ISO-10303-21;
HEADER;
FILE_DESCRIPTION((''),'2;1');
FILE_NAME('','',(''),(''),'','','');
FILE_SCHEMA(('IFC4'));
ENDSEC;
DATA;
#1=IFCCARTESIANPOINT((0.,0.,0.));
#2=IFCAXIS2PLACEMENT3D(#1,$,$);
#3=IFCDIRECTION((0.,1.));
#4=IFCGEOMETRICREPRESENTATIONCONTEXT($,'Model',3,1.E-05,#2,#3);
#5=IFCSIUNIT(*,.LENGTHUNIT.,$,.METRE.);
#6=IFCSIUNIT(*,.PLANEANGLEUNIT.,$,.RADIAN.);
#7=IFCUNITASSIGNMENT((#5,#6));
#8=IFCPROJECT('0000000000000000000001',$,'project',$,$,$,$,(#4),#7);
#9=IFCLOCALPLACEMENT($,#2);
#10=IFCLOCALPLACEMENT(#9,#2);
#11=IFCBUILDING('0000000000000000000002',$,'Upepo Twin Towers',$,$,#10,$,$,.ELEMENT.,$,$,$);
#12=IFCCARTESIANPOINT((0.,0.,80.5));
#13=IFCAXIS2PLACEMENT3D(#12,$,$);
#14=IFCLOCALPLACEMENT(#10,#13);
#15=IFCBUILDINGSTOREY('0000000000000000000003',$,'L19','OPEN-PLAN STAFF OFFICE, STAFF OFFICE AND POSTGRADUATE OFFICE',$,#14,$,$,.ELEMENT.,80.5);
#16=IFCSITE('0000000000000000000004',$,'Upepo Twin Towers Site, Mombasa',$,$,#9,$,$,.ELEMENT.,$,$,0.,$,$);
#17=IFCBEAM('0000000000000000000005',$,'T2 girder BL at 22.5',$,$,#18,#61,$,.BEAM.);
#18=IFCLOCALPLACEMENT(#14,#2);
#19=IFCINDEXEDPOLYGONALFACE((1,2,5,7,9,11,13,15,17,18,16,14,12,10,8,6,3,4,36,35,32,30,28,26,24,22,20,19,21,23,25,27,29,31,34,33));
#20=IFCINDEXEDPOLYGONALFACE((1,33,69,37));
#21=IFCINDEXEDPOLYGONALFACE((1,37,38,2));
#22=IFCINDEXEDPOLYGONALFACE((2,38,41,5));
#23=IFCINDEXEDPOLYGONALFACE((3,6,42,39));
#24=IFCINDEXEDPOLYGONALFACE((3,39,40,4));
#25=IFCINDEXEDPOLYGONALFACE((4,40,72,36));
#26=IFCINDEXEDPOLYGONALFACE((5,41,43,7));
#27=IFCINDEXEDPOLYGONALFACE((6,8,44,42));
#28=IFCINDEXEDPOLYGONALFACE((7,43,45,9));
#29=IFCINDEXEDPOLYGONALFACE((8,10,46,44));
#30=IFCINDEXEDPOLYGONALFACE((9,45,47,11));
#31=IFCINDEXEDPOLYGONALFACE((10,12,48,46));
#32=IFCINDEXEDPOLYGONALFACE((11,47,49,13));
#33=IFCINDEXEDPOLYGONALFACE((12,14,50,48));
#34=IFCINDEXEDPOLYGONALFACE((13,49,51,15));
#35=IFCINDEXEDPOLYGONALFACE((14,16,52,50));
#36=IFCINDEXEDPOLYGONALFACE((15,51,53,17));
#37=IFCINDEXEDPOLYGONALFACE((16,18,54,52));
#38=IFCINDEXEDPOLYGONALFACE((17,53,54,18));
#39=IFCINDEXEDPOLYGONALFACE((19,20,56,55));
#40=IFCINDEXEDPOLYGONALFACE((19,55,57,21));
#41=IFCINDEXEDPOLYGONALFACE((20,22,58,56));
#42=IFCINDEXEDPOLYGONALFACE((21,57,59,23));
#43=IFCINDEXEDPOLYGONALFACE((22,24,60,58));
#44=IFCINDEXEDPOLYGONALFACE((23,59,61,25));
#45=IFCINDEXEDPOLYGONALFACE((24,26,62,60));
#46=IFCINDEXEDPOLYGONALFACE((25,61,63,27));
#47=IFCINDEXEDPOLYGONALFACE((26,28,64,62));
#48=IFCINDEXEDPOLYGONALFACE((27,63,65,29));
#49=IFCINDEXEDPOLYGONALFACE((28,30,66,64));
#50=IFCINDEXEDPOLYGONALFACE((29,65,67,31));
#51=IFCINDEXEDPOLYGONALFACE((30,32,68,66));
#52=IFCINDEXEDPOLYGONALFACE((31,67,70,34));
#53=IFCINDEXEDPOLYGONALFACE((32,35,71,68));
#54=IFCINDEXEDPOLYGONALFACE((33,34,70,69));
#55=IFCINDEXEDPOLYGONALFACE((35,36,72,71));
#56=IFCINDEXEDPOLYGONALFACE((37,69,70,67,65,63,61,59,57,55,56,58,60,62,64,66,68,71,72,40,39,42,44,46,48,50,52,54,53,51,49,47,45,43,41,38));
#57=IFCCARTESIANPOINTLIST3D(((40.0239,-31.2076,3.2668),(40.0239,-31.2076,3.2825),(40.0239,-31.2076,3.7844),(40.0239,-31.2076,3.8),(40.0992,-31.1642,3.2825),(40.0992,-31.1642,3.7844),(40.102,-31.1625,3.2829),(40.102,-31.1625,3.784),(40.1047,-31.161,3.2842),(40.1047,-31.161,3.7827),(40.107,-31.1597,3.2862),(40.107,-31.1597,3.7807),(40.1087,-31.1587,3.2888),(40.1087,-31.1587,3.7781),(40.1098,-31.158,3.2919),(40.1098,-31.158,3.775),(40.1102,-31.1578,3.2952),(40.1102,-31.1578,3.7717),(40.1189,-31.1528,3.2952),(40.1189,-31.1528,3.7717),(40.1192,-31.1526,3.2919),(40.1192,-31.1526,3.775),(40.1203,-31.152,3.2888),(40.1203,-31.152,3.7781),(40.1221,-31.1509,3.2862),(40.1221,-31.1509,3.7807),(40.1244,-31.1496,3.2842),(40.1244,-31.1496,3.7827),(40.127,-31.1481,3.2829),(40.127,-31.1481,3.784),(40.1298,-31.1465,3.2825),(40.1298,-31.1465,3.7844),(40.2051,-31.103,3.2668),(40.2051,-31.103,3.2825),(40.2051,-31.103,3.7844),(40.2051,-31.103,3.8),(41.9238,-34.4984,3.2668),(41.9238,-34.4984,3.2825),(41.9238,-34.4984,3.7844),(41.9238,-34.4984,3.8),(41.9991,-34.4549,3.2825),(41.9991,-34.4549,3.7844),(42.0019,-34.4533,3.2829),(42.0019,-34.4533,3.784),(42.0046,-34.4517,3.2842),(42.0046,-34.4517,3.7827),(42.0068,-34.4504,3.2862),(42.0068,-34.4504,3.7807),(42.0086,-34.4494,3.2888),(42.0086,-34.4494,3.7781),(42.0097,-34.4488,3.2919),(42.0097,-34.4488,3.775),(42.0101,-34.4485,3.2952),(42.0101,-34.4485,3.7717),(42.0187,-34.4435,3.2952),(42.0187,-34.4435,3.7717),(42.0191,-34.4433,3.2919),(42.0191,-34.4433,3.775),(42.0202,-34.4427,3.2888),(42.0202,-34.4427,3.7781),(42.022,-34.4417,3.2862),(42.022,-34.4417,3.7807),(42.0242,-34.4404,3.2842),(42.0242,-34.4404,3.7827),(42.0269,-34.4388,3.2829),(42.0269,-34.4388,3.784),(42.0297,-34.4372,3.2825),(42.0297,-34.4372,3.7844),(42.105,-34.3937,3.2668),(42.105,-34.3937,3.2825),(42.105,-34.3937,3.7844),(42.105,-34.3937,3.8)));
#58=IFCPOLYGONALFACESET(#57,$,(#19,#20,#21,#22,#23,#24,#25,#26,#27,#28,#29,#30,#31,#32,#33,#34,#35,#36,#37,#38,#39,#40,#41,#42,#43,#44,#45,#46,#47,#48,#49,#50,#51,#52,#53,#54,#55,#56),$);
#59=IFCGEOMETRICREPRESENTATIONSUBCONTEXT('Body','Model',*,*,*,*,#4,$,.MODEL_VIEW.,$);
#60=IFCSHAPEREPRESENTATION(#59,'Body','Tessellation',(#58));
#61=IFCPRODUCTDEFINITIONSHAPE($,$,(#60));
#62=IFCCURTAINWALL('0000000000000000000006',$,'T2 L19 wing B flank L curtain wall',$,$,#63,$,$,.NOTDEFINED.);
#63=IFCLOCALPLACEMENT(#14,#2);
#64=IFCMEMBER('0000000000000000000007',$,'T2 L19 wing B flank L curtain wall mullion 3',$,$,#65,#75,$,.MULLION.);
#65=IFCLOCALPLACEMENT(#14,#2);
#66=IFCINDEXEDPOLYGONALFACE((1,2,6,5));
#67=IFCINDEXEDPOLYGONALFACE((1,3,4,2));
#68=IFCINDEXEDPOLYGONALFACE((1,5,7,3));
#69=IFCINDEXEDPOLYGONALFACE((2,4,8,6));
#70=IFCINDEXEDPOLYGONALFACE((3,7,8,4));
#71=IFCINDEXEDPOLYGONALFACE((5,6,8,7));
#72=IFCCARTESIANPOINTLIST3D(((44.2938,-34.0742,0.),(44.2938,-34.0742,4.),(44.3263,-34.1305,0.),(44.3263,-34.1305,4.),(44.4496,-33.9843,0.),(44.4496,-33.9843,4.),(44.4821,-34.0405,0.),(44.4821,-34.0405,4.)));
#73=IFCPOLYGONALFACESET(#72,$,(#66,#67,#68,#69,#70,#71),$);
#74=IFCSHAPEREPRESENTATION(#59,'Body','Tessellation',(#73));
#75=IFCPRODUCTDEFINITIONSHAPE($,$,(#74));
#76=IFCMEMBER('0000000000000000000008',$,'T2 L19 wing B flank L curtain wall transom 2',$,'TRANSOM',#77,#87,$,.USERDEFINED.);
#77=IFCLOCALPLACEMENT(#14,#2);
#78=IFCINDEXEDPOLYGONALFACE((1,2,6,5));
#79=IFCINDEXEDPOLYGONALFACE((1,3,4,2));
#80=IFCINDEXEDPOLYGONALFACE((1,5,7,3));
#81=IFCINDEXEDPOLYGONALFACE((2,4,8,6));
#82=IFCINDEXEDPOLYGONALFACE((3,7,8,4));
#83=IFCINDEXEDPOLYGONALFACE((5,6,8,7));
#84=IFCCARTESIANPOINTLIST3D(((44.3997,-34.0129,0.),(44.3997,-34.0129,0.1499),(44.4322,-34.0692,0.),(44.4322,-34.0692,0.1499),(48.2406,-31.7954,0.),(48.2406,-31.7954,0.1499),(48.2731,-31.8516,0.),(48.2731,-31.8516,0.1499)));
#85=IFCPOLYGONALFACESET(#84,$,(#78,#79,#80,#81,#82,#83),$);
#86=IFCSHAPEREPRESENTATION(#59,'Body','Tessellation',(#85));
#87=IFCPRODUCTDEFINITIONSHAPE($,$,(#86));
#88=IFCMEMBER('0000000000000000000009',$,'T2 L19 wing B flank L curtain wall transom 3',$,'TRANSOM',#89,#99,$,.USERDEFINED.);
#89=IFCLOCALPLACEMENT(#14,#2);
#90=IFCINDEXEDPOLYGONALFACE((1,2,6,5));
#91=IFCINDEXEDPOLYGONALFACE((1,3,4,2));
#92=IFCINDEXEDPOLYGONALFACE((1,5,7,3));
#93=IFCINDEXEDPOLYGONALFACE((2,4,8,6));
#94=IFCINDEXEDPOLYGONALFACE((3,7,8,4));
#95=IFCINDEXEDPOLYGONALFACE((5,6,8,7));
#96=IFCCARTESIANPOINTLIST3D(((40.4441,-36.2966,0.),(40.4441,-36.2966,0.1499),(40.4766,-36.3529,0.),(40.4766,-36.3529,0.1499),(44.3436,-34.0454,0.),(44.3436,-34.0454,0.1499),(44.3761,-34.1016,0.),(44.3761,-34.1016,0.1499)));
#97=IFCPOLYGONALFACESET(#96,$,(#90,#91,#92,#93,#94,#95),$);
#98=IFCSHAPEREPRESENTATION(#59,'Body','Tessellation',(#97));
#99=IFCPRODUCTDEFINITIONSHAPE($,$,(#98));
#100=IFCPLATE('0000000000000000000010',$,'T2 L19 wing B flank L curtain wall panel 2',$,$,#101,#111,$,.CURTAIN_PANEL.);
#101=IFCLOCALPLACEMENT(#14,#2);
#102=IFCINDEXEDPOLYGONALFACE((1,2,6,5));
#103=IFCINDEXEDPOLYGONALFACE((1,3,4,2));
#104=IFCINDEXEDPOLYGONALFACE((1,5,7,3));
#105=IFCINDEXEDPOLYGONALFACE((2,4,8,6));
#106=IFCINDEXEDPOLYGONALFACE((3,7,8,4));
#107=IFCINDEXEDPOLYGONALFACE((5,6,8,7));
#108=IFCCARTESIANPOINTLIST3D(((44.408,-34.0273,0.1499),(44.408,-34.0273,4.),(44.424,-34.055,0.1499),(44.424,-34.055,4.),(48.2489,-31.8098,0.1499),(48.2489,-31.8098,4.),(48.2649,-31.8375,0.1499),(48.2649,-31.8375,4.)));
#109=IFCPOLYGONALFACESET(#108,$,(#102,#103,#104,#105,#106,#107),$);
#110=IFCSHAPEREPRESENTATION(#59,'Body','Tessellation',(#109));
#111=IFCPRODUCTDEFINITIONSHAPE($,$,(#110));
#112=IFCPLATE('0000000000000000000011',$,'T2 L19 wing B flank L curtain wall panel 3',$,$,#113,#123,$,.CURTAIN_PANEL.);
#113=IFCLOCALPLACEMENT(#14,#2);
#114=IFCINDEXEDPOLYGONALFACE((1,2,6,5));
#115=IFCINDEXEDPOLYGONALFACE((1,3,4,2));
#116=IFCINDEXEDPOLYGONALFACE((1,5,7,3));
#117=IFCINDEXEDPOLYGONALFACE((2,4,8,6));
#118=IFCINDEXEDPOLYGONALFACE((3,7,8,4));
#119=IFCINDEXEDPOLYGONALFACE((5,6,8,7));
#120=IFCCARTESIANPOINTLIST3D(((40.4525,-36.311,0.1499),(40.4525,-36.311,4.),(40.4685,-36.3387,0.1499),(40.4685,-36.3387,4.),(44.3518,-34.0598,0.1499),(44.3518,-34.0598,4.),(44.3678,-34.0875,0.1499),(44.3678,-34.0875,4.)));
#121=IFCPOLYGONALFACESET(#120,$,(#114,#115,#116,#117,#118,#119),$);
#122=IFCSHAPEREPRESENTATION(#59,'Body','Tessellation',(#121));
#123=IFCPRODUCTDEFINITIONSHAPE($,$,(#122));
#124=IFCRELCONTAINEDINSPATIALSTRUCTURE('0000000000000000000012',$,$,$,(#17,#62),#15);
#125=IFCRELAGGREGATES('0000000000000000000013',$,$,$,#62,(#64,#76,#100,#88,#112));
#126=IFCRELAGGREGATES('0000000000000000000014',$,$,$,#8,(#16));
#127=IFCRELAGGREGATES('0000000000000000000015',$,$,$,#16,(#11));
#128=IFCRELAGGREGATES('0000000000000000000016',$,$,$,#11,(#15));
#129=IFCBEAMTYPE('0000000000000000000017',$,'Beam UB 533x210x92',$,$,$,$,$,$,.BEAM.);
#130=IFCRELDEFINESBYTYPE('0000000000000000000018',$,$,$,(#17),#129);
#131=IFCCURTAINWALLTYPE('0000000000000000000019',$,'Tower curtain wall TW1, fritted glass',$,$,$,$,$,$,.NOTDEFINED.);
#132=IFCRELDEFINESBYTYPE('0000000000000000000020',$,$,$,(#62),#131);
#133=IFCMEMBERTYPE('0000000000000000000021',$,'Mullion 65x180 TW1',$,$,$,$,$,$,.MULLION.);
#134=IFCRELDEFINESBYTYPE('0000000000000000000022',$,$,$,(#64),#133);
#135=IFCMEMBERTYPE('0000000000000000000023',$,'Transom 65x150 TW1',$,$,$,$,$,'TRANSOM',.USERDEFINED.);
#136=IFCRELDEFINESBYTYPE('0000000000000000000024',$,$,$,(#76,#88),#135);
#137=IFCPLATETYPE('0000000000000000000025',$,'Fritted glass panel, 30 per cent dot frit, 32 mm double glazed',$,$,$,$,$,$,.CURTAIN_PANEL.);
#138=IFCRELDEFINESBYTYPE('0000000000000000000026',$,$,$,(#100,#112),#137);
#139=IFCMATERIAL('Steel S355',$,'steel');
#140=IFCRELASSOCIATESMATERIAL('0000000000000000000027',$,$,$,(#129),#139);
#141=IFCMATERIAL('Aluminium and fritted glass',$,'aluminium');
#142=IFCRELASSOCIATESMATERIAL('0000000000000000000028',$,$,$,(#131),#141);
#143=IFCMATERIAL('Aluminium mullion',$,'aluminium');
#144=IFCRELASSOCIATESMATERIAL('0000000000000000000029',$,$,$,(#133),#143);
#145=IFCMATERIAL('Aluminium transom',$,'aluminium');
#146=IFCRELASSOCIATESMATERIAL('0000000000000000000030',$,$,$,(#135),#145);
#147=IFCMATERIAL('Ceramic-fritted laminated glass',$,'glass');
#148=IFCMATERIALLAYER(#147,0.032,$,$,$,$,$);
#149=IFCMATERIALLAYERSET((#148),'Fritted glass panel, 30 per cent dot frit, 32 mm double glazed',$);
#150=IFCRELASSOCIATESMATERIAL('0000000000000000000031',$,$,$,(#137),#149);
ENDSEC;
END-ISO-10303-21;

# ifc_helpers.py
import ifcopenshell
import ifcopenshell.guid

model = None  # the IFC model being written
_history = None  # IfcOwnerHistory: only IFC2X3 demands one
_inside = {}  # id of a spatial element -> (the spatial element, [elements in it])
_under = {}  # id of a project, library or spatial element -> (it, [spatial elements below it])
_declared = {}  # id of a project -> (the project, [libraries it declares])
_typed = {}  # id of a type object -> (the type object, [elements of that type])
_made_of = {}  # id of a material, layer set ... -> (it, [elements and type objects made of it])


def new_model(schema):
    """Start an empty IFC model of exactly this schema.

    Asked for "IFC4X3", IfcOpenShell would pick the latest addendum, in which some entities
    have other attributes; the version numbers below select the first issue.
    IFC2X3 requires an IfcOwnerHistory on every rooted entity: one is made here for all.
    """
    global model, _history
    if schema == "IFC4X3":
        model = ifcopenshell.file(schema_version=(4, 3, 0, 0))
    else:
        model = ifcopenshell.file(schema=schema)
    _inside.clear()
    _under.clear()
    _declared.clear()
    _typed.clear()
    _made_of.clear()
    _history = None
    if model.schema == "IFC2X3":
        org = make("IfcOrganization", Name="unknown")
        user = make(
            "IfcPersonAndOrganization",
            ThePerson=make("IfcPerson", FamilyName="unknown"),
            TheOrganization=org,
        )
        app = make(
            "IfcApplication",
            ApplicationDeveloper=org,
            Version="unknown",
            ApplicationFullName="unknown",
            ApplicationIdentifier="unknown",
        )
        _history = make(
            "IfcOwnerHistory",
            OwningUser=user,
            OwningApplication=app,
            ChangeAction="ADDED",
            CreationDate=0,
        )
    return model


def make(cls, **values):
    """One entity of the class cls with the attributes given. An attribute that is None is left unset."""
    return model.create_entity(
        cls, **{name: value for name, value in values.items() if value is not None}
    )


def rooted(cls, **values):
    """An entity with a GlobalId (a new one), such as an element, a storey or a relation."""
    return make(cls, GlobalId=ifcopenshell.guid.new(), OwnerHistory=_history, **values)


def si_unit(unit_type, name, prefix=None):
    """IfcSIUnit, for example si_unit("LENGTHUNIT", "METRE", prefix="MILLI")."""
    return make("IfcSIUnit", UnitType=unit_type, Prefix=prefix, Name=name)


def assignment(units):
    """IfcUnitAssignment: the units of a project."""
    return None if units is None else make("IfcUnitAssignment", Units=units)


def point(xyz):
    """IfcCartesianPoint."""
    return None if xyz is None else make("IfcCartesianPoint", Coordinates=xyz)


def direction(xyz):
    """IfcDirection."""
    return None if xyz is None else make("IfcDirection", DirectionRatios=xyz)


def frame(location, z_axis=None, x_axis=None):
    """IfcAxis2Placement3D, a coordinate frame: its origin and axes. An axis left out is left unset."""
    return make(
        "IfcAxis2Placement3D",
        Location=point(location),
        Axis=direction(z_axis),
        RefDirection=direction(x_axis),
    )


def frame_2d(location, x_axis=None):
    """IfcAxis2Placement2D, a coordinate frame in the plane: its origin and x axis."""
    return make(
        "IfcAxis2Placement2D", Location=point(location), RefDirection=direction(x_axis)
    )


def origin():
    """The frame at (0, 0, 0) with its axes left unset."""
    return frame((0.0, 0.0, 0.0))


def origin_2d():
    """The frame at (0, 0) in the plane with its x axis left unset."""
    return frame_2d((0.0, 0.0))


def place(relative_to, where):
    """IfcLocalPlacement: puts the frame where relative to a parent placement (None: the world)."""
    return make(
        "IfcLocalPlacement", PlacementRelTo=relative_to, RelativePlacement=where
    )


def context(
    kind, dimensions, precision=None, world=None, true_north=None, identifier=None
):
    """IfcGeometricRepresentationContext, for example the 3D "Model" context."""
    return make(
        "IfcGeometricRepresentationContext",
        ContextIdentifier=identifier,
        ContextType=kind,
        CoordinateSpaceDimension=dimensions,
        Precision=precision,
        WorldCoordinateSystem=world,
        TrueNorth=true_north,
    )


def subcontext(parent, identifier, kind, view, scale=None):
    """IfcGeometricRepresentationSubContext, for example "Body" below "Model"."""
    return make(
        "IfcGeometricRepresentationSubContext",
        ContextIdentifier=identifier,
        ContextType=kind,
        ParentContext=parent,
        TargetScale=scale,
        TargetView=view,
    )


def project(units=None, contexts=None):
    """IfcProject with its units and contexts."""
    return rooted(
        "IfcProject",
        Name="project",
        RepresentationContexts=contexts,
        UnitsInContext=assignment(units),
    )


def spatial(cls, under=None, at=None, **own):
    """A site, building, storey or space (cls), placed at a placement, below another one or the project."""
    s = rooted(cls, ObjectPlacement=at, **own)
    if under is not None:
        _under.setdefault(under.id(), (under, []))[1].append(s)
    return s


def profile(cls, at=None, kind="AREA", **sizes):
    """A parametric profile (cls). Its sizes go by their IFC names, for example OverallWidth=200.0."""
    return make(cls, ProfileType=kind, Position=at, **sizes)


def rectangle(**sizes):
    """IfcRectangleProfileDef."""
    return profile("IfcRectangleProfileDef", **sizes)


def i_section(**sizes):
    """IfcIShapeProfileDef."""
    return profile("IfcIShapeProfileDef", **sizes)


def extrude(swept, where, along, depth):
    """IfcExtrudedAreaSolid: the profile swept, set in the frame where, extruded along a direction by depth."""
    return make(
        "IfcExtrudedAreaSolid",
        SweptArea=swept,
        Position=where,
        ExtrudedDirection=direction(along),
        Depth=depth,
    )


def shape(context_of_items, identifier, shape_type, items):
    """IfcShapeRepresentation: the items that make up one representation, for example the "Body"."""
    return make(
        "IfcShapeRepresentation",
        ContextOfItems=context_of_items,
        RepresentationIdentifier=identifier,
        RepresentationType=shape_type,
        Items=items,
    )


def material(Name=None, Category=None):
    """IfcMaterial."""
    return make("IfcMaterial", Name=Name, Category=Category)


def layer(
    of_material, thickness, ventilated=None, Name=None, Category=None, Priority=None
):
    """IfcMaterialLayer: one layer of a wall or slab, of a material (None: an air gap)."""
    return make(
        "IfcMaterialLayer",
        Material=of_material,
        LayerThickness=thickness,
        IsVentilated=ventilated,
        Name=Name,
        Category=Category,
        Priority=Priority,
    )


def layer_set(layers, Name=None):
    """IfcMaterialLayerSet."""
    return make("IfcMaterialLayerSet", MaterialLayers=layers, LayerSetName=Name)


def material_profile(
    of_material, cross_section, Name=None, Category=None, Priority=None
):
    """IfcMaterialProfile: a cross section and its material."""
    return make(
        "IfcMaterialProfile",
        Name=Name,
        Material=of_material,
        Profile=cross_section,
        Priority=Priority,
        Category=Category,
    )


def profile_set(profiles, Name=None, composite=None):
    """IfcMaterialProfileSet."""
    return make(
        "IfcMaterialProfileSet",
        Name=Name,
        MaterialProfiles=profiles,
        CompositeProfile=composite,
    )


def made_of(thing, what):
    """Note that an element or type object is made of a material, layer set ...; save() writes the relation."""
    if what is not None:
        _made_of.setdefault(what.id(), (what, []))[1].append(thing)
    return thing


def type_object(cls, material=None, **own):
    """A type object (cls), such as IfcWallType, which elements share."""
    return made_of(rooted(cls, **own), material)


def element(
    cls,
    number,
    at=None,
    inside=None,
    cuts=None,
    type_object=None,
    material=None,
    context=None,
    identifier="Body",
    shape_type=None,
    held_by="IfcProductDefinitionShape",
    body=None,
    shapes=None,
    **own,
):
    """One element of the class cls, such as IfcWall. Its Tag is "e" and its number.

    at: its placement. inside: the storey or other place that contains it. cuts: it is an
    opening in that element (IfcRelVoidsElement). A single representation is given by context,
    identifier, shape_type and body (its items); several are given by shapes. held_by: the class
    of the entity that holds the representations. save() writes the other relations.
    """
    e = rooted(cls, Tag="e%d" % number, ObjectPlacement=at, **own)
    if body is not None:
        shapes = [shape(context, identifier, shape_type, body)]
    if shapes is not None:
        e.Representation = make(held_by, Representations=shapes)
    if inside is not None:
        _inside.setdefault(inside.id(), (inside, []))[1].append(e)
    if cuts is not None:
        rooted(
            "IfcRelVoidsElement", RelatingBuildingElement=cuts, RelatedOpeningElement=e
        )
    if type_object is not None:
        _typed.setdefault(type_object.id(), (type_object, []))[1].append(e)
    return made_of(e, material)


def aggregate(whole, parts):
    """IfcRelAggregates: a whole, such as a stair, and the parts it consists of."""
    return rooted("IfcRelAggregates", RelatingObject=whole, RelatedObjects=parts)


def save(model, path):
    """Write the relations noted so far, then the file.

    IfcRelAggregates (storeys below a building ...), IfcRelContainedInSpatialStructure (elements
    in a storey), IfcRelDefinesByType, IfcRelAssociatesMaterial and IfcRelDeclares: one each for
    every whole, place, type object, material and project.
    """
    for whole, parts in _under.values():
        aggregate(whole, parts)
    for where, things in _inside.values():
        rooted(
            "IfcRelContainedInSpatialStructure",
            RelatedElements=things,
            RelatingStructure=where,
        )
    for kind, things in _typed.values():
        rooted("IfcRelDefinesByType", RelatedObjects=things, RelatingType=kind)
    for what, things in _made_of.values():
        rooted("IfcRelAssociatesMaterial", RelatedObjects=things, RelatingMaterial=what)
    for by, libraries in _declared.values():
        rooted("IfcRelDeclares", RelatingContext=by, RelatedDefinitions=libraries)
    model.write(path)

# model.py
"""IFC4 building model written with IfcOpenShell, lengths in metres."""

from ifc_helpers import new_model, si_unit, direction, frame, origin, origin_2d, place, context, subcontext, project, spatial, rectangle, i_section, extrude, material, layer, layer_set, material_profile, profile_set, type_object, element, aggregate, save


model = new_model("IFC4")

# Units and contexts
model_context = context("Model", 3, precision=1e-05, world=origin(), true_north=direction((0.0, 1.0)))
body_context = subcontext(model_context, "Body", "Model", "MODEL_VIEW")
ifc_project = project(units=[si_unit("LENGTHUNIT", "METRE"), si_unit("PLANEANGLEUNIT", "RADIAN")], contexts=[model_context])

# Site, building, storey
site_placement = place(None, origin())
site = spatial("IfcSite", under=ifc_project, at=site_placement, Name="Upepo Twin Towers Site, Mombasa", CompositionType="ELEMENT", RefElevation=0.0)
building_placement = place(site_placement, origin())
building = spatial("IfcBuilding", under=site, at=building_placement, Name="Upepo Twin Towers", CompositionType="ELEMENT")
storey_placement = place(building_placement, frame((0.0, 0.0, 80.5)))
storey = spatial("IfcBuildingStorey", under=building, at=storey_placement, Name="L19", Description="OPEN-PLAN STAFF OFFICE, STAFF OFFICE AND POSTGRADUATE OFFICE", CompositionType="ELEMENT", Elevation=80.5)

# Beam
ifc_material_1 = material(Name="Steel S355", Category="steel")
ifc_material_profile_1 = material_profile(ifc_material_1, i_section(OverallWidth=0.2092, OverallDepth=0.5332, WebThickness=0.01, FlangeThickness=0.0156, FilletRadius=0.0127, at=origin_2d()), Name="UB 533x210x92")
ifc_profile_set_1 = profile_set([ifc_material_profile_1], Name="Steel S355")
beam_type_1 = type_object("IfcBeamType", Name="Beam UB 533x210x92", PredefinedType="BEAM", material=ifc_profile_set_1)
beam_1_placement = place(storey_placement, frame((42.0144, -34.446, 3.5334), z_axis=(-0.499995, 0.866028, 0.0), x_axis=(-0.866028, -0.499995, 0.0)))
element("IfcBeam", 1, at=beam_1_placement, inside=storey, type_object=beam_type_1, Name="T2 girder BL at 22.5", PredefinedType="BEAM", context=body_context, shape_type="SweptSolid", body=[
    extrude(i_section(OverallWidth=0.2092, OverallDepth=0.5332, WebThickness=0.01, FlangeThickness=0.0156, FilletRadius=0.0127, at=origin_2d()), origin(), (0.0, 0.0, 1.0), 3.7998),
])

# Curtain wall, members, plates
ifc_material_2 = material(Name="Aluminium and fritted glass", Category="aluminium")
curtain_wall_type = type_object("IfcCurtainWallType", Name="Tower curtain wall TW1, fritted glass", PredefinedType="NOTDEFINED", material=ifc_material_2)
curtain_wall_placement = place(storey_placement, origin())
curtain_wall = element("IfcCurtainWall", 2, at=curtain_wall_placement, inside=storey, type_object=curtain_wall_type, Name="T2 L19 wing B flank L curtain wall", PredefinedType="NOTDEFINED")
ifc_material_3 = material(Name="Aluminium mullion", Category="aluminium")
ifc_material_profile_2 = material_profile(ifc_material_3, rectangle(XDim=0.0649, YDim=0.1799, at=origin_2d()), Name="MULLION 65x180")
ifc_profile_set_2 = profile_set([ifc_material_profile_2], Name="Aluminium mullion")
member_type_1 = type_object("IfcMemberType", Name="Mullion 65x180 TW1", PredefinedType="MULLION", material=ifc_profile_set_2)
member_1_placement = place(storey_placement, frame((44.3879, -34.0574, 0.0), z_axis=(0.0, 0.0, 1.0), x_axis=(0.5, -0.866025, 0.0)))
member_1 = element("IfcMember", 3, at=member_1_placement, type_object=member_type_1, Name="T2 L19 wing B flank L curtain wall mullion 3", PredefinedType="MULLION", context=body_context, shape_type="SweptSolid", body=[
    extrude(rectangle(XDim=0.0649, YDim=0.1799, at=origin_2d()), origin(), (0.0, 0.0, 1.0), 4.0),
])
ifc_material_4 = material(Name="Aluminium transom", Category="aluminium")
ifc_material_profile_3 = material_profile(ifc_material_4, rectangle(XDim=0.0649, YDim=0.1499, at=origin_2d()), Name="TRANSOM 65x150")
ifc_profile_set_3 = profile_set([ifc_material_profile_3], Name="Aluminium transom")
member_type_2 = type_object("IfcMemberType", Name="Transom 65x150 TW1", ElementType="TRANSOM", PredefinedType="USERDEFINED", material=ifc_profile_set_3)
member_2_placement = place(storey_placement, frame((48.2568, -31.8235, 0.075), z_axis=(-0.866022, -0.500005, 0.0), x_axis=(0.500005, -0.866022, 0.0)))
member_2 = element("IfcMember", 4, at=member_2_placement, type_object=member_type_2, Name="T2 L19 wing B flank L curtain wall transom 2", ObjectType="TRANSOM", PredefinedType="USERDEFINED", context=body_context, shape_type="SweptSolid", body=[
    extrude(rectangle(XDim=0.0649, YDim=0.1499, at=origin_2d()), origin(), (0.0, 0.0, 1.0), 4.4351),
])
member_3_placement = place(storey_placement, frame((44.3599, -34.0735, 0.075), z_axis=(-0.866036, -0.499982, 0.0), x_axis=(0.499982, -0.866036, 0.0)))
member_3 = element("IfcMember", 5, at=member_3_placement, type_object=member_type_2, Name="T2 L19 wing B flank L curtain wall transom 3", ObjectType="TRANSOM", PredefinedType="USERDEFINED", context=body_context, shape_type="SweptSolid", body=[
    extrude(rectangle(XDim=0.0649, YDim=0.1499, at=origin_2d()), origin(), (0.0, 0.0, 1.0), 4.5027),
])
ifc_material_5 = material(Name="Ceramic-fritted laminated glass", Category="glass")
ifc_layer_1 = layer(ifc_material_5, 0.032)
ifc_layer_set_1 = layer_set([ifc_layer_1], Name="Fritted glass panel, 30 per cent dot frit, 32 mm double glazed")
plate_type = type_object("IfcPlateType", Name="Fritted glass panel, 30 per cent dot frit, 32 mm double glazed", PredefinedType="CURTAIN_PANEL", material=ifc_layer_set_1)
plate_1_placement = place(storey_placement, frame((46.3364, -32.9324, 0.1499), z_axis=(0.0, 0.0, 1.0), x_axis=(-0.866025, -0.5, 0.0)))
plate_1 = element("IfcPlate", 6, at=plate_1_placement, type_object=plate_type, Name="T2 L19 wing B flank L curtain wall panel 2", PredefinedType="CURTAIN_PANEL", context=body_context, shape_type="SweptSolid", body=[
    extrude(rectangle(XDim=4.4351, YDim=0.032, at=origin_2d()), origin(), (0.0, 0.0, 1.0), 3.8501),
])
plate_2_placement = place(storey_placement, frame((42.4102, -35.1992, 0.1499), z_axis=(0.0, 0.0, 1.0), x_axis=(-0.866025, -0.5, 0.0)))
plate_2 = element("IfcPlate", 7, at=plate_2_placement, type_object=plate_type, Name="T2 L19 wing B flank L curtain wall panel 3", PredefinedType="CURTAIN_PANEL", context=body_context, shape_type="SweptSolid", body=[
    extrude(rectangle(XDim=4.5024, YDim=0.032, at=origin_2d()), origin(), (0.0, 0.0, 1.0), 3.8501),
])
aggregate(curtain_wall, [member_1, member_2, plate_1, member_3, plate_2])

save(model, "model.ifc")
